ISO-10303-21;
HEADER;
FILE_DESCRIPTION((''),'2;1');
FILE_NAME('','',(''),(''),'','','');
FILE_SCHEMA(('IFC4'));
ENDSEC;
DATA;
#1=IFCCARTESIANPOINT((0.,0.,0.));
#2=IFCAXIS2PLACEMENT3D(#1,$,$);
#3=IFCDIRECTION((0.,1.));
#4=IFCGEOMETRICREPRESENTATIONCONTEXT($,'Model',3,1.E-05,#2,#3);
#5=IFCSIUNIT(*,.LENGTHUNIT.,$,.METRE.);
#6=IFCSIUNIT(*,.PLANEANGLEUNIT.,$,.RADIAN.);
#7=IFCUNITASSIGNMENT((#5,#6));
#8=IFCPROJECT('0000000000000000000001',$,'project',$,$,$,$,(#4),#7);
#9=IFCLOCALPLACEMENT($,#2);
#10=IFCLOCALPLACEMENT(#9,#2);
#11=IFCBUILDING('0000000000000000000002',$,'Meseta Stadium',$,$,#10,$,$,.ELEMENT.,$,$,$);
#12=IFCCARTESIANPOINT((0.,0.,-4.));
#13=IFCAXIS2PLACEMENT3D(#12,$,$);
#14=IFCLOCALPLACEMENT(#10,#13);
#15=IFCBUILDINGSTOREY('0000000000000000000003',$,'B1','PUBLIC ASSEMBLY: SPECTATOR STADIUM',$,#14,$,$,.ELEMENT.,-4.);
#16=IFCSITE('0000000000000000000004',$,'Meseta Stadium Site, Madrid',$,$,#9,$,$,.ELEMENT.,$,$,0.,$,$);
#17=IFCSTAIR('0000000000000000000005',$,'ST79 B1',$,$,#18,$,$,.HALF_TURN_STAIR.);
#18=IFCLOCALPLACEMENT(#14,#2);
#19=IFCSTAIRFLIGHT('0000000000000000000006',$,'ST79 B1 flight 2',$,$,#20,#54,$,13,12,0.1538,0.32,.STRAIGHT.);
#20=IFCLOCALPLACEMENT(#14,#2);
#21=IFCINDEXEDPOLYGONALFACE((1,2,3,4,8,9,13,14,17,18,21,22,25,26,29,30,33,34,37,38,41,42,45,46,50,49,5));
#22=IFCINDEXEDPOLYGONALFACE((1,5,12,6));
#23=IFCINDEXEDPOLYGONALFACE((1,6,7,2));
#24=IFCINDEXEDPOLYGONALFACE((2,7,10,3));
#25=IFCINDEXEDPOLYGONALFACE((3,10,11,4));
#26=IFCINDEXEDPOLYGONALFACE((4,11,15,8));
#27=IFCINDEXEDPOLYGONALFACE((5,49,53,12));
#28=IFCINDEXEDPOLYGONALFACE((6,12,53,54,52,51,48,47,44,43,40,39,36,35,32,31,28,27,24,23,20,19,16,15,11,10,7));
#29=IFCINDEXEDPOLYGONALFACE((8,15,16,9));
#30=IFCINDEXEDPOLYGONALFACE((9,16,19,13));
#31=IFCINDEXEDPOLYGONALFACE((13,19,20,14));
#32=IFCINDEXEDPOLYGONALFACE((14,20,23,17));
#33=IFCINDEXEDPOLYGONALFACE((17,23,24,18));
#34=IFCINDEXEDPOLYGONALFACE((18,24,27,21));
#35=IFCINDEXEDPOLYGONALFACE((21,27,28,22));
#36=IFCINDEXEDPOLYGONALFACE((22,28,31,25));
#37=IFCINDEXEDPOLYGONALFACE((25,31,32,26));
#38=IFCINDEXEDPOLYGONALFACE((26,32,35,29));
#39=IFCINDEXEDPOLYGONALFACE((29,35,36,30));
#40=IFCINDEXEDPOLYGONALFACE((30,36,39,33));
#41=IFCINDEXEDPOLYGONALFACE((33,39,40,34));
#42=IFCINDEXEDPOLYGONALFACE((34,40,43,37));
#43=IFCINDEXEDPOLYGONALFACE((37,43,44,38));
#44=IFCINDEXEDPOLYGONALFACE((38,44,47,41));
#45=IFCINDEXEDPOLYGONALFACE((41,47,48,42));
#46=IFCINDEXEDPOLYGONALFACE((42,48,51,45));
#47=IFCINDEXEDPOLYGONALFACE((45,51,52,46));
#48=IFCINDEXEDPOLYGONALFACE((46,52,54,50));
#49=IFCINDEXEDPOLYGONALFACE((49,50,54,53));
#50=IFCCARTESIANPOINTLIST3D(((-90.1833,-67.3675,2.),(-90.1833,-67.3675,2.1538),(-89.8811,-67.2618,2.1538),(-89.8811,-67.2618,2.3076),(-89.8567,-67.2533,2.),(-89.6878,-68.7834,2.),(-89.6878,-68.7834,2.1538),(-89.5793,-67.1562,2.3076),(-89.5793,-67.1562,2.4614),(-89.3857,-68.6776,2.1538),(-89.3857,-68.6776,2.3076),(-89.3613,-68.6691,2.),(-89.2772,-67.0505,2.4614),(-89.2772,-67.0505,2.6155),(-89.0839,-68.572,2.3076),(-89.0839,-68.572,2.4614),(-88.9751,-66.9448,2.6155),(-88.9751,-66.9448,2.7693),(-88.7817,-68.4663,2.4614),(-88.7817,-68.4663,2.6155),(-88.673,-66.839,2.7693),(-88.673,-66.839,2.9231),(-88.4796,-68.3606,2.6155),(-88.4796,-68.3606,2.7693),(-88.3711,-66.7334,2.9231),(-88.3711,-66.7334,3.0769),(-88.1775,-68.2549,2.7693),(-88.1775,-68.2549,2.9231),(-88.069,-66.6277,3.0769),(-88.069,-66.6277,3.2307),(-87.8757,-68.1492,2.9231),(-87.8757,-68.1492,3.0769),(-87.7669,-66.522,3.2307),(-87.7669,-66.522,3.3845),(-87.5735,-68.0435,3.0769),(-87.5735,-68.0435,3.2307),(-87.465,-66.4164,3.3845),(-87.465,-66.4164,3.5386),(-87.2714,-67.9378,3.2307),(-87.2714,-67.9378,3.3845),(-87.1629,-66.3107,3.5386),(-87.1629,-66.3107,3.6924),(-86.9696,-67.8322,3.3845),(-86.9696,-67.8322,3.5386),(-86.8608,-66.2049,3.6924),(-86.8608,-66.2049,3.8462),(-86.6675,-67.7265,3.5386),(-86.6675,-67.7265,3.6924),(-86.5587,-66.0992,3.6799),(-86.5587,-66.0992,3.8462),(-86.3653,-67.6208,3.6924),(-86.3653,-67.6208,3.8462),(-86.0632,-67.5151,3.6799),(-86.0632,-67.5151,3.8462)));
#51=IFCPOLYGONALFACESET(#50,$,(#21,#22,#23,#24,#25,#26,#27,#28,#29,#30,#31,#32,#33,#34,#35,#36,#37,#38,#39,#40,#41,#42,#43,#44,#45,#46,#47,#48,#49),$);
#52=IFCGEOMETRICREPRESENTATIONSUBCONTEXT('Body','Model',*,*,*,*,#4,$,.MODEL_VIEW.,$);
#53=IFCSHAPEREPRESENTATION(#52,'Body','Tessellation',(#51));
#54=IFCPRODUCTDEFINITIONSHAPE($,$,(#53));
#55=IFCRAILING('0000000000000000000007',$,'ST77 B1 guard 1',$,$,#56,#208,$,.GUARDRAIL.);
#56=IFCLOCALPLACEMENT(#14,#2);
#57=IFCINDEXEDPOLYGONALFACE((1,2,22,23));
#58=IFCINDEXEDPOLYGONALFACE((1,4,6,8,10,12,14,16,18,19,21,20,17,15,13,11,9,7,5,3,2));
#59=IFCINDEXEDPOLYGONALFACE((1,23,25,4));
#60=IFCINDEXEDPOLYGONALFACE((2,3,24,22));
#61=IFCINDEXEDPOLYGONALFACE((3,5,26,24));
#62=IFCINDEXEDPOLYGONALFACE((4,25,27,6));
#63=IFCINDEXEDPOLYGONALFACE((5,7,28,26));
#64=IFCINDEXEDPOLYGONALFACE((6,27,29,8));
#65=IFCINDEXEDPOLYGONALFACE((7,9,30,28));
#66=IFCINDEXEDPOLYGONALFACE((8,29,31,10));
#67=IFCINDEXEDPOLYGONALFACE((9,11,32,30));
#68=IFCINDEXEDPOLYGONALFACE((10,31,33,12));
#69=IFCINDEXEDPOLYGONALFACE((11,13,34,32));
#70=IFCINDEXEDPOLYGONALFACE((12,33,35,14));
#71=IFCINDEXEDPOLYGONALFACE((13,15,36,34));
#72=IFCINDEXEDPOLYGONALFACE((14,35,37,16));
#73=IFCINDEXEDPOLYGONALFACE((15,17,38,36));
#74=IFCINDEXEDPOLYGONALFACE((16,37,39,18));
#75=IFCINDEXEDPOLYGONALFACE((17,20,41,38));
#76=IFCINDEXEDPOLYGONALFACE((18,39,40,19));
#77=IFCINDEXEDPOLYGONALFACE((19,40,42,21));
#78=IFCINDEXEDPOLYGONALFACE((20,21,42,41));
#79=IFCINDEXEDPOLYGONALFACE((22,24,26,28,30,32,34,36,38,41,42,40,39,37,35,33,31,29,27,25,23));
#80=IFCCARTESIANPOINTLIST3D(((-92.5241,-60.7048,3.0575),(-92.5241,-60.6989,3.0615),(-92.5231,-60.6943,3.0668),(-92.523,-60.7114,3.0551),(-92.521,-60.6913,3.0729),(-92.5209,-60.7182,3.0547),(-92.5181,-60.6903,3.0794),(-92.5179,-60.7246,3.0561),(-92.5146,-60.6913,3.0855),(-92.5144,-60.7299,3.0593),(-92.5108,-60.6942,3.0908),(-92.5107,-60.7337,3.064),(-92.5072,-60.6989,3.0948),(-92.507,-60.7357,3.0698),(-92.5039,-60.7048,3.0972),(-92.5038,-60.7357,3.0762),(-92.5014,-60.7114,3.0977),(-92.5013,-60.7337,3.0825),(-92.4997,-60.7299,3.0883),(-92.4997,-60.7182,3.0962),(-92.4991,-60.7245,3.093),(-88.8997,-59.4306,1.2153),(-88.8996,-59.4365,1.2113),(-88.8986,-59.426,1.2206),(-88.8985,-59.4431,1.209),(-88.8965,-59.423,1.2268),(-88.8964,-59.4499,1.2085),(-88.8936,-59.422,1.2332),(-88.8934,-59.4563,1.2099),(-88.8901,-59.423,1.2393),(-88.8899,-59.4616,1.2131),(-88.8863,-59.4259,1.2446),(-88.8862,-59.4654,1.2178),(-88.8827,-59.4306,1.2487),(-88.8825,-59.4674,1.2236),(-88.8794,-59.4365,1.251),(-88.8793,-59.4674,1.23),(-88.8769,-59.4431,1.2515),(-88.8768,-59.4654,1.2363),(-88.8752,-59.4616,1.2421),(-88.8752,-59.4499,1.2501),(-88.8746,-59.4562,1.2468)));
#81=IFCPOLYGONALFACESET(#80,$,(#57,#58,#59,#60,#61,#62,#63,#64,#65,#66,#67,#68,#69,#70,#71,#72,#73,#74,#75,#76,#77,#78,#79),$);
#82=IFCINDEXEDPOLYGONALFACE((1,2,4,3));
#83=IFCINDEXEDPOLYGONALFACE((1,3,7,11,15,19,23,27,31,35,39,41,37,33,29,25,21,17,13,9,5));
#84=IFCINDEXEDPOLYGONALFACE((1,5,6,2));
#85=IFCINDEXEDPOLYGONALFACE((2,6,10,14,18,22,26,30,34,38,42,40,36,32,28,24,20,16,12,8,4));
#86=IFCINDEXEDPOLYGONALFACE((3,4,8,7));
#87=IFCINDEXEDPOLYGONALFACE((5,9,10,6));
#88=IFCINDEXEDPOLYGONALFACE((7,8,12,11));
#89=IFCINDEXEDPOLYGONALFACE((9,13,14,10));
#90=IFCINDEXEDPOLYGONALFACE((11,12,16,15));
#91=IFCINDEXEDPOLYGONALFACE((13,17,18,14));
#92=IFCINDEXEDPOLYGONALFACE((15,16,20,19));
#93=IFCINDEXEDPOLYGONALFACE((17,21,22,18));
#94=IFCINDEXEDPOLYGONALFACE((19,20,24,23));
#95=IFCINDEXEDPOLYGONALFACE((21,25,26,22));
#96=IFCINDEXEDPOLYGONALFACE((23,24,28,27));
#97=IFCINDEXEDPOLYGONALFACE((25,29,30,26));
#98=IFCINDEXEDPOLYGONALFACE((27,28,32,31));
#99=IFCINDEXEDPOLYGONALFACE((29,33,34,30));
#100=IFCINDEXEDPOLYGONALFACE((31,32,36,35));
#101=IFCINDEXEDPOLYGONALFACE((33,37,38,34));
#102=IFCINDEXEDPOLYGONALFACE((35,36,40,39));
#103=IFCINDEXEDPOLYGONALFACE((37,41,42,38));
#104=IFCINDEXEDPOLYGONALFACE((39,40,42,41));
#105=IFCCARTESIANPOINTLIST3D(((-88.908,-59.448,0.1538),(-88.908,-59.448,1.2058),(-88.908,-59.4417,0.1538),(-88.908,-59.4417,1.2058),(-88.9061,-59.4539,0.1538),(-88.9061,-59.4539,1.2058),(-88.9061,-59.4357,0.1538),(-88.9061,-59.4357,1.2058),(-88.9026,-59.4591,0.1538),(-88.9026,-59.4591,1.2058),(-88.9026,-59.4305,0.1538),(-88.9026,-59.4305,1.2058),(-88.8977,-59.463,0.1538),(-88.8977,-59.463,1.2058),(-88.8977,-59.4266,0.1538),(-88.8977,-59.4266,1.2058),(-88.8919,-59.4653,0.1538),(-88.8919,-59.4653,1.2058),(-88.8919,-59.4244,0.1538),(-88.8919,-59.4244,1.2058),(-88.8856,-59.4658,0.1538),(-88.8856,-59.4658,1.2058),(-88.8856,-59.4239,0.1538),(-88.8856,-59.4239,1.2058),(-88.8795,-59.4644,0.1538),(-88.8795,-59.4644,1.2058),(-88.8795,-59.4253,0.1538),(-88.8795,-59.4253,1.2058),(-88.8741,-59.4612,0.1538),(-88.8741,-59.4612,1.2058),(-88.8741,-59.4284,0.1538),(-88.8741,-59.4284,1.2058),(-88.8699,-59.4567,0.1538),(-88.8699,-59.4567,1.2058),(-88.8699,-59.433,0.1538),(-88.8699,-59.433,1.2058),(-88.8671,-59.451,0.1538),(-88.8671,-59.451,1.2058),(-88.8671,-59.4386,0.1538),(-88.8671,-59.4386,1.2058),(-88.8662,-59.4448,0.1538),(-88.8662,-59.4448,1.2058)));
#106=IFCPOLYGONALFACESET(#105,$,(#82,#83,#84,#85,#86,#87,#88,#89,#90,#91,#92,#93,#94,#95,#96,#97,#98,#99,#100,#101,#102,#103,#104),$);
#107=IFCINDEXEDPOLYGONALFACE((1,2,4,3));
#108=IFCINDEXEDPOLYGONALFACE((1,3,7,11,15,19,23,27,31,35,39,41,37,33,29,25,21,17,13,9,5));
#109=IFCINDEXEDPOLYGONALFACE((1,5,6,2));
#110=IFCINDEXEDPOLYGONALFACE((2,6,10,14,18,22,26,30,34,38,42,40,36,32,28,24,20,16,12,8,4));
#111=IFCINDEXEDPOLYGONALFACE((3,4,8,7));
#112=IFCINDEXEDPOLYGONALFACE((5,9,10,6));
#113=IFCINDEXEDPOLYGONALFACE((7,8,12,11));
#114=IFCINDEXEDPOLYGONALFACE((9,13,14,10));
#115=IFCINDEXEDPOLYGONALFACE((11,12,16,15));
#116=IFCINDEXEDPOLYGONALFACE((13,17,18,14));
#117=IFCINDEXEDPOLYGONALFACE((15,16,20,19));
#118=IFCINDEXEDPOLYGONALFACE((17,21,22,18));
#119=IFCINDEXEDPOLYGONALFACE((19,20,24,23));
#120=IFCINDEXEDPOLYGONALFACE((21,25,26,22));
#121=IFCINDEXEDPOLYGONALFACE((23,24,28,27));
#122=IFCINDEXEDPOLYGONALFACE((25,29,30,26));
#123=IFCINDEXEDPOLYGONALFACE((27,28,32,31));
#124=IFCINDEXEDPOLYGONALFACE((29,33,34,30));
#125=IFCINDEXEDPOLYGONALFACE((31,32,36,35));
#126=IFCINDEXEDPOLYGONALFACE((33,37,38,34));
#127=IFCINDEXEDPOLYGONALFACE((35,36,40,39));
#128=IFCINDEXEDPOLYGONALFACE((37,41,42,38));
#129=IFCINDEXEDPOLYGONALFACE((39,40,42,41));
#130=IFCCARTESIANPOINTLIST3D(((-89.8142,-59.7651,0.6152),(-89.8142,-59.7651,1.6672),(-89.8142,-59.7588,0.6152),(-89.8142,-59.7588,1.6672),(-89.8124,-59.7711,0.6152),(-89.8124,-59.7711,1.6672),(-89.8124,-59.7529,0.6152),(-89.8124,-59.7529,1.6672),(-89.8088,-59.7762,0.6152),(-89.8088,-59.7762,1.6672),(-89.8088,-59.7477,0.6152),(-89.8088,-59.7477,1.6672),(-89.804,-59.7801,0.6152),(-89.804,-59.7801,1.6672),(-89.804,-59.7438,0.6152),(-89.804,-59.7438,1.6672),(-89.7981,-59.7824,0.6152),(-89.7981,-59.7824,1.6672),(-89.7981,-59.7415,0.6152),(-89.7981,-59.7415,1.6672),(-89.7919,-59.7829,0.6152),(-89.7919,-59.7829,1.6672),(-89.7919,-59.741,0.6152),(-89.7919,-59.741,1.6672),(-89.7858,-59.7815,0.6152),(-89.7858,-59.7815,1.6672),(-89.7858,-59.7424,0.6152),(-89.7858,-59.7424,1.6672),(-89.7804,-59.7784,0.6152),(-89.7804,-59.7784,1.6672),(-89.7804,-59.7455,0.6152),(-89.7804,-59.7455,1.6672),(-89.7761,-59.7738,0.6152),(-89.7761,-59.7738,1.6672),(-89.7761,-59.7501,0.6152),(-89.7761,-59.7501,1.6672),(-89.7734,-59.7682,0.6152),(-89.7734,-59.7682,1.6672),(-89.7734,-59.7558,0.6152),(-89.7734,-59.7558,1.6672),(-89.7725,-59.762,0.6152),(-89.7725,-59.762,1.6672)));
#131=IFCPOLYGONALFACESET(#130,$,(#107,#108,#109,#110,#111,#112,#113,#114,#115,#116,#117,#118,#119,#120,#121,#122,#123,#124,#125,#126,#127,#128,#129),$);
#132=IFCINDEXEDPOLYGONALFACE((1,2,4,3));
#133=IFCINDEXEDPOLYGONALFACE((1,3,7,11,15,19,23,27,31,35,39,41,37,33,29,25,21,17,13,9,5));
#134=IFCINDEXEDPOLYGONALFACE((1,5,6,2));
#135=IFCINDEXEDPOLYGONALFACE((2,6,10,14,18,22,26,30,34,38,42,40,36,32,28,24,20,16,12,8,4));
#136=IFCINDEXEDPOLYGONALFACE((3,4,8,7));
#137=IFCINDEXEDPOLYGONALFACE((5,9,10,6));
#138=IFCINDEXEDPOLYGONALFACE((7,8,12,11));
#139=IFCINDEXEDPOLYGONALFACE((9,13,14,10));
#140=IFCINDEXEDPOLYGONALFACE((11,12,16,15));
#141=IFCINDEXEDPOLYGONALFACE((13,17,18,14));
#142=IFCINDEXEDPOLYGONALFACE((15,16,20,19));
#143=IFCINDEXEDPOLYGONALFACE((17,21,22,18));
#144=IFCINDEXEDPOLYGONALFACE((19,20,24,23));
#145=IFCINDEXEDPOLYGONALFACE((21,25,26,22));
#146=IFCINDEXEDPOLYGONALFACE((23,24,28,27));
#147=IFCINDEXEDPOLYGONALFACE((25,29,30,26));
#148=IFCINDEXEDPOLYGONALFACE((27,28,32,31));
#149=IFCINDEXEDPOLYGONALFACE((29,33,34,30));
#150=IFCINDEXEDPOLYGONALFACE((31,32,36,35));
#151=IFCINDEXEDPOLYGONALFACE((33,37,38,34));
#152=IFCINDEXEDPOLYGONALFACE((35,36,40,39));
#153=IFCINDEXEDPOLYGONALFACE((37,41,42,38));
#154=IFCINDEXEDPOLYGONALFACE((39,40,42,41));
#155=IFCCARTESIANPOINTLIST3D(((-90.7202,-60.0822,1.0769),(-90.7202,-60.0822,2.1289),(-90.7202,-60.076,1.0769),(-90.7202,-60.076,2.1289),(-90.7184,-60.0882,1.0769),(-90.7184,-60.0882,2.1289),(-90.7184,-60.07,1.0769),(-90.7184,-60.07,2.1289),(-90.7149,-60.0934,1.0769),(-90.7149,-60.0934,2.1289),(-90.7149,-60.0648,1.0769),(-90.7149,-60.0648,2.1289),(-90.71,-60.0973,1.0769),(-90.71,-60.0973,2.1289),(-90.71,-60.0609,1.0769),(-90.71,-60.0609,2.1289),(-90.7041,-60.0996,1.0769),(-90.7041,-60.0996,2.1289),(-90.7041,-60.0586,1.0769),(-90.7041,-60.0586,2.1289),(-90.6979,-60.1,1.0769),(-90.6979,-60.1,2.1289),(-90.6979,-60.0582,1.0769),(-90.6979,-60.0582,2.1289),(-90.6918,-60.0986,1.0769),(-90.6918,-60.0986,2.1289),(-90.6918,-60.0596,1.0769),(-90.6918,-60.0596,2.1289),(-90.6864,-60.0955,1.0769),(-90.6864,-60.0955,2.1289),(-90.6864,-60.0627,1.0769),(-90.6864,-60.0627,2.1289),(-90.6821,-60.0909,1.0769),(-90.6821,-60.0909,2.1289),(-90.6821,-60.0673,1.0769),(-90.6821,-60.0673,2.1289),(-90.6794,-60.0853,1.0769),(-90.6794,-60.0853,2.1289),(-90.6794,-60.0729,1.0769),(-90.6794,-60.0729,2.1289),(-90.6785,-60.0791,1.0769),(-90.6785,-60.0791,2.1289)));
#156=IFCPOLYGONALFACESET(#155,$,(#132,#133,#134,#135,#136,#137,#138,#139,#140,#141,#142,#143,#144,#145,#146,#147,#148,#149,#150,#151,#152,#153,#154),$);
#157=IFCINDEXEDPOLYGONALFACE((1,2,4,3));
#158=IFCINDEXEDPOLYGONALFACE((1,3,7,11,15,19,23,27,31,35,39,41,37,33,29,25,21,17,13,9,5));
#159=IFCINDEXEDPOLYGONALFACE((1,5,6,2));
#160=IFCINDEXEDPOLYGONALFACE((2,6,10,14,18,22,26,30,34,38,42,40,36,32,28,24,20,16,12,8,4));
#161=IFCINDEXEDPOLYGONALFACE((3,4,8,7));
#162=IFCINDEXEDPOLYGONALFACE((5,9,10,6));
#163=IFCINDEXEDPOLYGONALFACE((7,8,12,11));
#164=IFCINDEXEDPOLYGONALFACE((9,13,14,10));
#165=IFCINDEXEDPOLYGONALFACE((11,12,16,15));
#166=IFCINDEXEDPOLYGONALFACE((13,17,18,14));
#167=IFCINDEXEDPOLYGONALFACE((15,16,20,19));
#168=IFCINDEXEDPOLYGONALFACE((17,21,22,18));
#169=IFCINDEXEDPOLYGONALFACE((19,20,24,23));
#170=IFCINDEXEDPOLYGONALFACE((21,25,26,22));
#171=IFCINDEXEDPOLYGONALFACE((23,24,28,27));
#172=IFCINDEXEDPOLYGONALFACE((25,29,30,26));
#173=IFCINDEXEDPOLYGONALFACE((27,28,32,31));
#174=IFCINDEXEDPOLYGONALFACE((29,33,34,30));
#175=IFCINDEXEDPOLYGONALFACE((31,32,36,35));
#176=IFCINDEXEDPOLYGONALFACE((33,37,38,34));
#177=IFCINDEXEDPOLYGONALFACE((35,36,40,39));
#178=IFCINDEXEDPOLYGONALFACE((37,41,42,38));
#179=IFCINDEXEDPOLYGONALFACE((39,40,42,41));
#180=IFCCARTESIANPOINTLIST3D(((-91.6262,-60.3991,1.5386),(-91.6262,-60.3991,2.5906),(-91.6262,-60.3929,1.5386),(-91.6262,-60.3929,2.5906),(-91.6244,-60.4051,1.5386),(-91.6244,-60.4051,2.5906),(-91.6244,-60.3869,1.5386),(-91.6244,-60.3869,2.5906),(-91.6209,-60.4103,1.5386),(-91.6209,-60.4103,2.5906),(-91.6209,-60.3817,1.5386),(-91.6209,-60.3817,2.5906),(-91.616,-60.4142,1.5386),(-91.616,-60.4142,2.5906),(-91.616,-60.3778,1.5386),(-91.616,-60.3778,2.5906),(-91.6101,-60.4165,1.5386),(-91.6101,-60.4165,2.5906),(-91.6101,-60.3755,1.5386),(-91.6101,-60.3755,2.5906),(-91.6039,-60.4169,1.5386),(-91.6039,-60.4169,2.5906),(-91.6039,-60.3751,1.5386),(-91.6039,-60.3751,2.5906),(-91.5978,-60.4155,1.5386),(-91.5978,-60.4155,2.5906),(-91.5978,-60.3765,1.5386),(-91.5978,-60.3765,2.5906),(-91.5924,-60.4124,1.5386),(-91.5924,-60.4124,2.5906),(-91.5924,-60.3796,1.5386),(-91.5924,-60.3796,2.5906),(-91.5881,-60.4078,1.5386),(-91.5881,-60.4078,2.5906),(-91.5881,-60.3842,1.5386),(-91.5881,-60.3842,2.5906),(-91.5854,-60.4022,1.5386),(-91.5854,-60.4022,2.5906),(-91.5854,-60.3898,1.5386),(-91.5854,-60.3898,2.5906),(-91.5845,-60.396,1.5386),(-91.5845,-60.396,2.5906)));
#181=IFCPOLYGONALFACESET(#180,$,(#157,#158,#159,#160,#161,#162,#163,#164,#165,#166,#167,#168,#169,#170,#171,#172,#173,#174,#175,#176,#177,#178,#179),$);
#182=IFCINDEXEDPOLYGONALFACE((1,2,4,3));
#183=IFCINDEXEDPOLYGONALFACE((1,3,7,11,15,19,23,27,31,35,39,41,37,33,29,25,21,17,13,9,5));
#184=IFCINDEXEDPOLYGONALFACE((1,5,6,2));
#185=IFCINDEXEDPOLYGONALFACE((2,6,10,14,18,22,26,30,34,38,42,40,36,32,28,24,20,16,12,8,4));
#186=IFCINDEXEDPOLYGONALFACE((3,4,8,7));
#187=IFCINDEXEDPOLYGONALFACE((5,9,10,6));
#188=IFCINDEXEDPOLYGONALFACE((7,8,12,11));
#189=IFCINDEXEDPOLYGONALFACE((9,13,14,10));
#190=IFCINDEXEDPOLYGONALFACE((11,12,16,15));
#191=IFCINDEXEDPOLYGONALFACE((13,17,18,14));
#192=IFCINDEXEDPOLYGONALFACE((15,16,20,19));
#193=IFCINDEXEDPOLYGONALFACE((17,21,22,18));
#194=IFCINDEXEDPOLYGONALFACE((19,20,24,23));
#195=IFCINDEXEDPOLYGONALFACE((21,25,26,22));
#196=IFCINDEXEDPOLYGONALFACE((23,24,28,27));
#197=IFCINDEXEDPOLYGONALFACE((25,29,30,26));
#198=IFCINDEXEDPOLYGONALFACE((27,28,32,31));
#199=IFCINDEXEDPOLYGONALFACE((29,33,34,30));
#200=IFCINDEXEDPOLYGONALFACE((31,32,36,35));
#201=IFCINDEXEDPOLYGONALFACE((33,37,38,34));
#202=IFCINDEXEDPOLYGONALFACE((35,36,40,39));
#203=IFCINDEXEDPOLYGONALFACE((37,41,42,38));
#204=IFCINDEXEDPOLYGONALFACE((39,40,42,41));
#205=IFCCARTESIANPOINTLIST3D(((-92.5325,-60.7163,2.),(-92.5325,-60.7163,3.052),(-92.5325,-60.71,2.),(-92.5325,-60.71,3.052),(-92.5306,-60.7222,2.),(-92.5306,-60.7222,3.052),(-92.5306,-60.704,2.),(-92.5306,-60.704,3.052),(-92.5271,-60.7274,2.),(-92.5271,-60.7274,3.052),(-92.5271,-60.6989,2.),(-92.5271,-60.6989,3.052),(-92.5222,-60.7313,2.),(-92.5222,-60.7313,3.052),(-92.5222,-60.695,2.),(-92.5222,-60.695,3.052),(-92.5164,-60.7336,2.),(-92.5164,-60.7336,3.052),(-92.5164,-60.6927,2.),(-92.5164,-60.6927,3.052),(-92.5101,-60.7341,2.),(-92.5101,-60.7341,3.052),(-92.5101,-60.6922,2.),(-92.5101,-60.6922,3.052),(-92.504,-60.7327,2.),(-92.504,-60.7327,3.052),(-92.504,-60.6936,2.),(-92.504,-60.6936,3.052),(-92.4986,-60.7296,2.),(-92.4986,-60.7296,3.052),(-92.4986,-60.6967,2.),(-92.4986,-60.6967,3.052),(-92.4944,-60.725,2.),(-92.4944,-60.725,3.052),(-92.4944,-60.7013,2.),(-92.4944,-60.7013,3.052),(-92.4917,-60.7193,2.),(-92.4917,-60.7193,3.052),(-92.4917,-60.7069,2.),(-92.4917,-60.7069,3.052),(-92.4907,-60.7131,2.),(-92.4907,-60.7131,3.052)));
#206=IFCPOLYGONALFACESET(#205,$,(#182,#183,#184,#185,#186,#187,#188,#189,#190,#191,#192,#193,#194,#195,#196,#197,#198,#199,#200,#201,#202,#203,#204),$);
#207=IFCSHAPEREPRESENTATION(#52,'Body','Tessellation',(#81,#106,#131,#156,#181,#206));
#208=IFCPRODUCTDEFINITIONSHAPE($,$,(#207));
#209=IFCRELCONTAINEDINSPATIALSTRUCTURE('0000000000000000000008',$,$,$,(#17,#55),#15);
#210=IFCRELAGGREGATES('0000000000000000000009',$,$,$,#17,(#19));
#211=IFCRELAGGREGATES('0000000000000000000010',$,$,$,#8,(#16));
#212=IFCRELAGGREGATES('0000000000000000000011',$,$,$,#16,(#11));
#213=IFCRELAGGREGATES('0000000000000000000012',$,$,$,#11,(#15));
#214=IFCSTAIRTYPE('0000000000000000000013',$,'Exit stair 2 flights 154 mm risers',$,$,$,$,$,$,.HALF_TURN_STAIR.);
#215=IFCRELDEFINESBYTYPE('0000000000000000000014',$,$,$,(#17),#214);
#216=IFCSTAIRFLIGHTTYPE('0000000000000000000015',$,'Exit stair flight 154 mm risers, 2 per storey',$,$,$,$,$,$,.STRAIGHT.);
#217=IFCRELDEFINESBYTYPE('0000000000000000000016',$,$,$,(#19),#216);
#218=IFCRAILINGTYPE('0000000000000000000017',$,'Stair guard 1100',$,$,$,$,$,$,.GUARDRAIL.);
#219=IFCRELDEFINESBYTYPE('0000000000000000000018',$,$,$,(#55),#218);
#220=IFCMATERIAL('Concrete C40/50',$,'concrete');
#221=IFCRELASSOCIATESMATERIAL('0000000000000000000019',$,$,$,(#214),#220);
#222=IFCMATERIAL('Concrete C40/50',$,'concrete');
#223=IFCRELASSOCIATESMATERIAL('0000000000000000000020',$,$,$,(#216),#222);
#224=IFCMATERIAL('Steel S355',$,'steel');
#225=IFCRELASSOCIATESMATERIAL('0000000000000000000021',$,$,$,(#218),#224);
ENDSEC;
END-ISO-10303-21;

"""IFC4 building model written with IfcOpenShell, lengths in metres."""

from ifc_helpers import new_model, si_unit, direction, frame, origin, origin_2d, place, context, subcontext, project, spatial, polyline, circle, outline, extrude, material, type_object, element, aggregate, save


model = new_model("IFC4")

# Units and contexts
model_context = context("Model", 3, precision=1e-05, world=origin(), true_north=direction((0.0, 1.0)))
body_context = subcontext(model_context, "Body", "Model", "MODEL_VIEW")
ifc_project = project(units=[si_unit("LENGTHUNIT", "METRE"), si_unit("PLANEANGLEUNIT", "RADIAN")], contexts=[model_context])

# Site, building, storey
site_placement = place(None, origin())
site = spatial("IfcSite", under=ifc_project, at=site_placement, Name="Meseta Stadium Site, Madrid", CompositionType="ELEMENT", RefElevation=0.0)
building_placement = place(site_placement, origin())
building = spatial("IfcBuilding", under=site, at=building_placement, Name="Meseta Stadium", CompositionType="ELEMENT")
storey_placement = place(building_placement, frame((0.0, 0.0, -4.0)))
storey = spatial("IfcBuildingStorey", under=building, at=storey_placement, Name="B1", Description="PUBLIC ASSEMBLY: SPECTATOR STADIUM", CompositionType="ELEMENT", Elevation=-4.0)

# Stair, stair flight
ifc_material_1 = material(Name="Concrete C40/50", Category="concrete")
stair_type = type_object("IfcStairType", Name="Exit stair 2 flights 154 mm risers", PredefinedType="HALF_TURN_STAIR", material=ifc_material_1)
ifc_material_2 = material(Name="Concrete C40/50", Category="concrete")
stair_flight_type = type_object("IfcStairFlightType", Name="Exit stair flight 154 mm risers, 2 per storey", PredefinedType="STRAIGHT", material=ifc_material_2)
stair_1_placement = place(storey_placement, origin())
stair_1 = element("IfcStair", 1, at=stair_1_placement, inside=storey, type_object=stair_type, Name="ST79 B1", PredefinedType="HALF_TURN_STAIR")
stair_flight_1_placement = place(storey_placement, frame((-89.9355, -68.0754, 2.0), z_axis=(0.0, 0.0, 1.0), x_axis=(0.943883, 0.330279, 0.0)))
stair_flight_1 = element("IfcStairFlight", 2, at=stair_flight_1_placement, type_object=stair_flight_type, Name="ST79 B1 flight 2", NumberOfRisers=13, NumberOfTreads=12, PredefinedType="STRAIGHT", RiserHeight=0.1538, TreadLength=0.32, context=body_context, shape_type="SweptSolid", body=[
    extrude(outline(polyline([(0.0, 0.0), (0.0, 0.1538), (0.3201, 0.1538), (0.3201, 0.3076), (0.6399, 0.3076), (0.6399, 0.4614), (0.96, 0.4614), (0.96, 0.6155), (1.28, 0.6155), (1.28, 0.7693), (1.6001, 0.7693), (1.6001, 0.9231), (1.9199, 0.9231), (1.9199, 1.0769), (2.24, 1.0769), (2.24, 1.2307), (2.5601, 1.2307), (2.5601, 1.3845), (2.8799, 1.3845), (2.8799, 1.5386), (3.2, 1.5386), (3.2, 1.6924), (3.52, 1.6924), (3.52, 1.8462), (3.8401, 1.8462), (3.8401, 1.6799), (0.3459, 0.0), (0.0, 0.0)])), frame((0.0, 0.75, 0.0), z_axis=(0.0, -1.0, 0.0), x_axis=(1.0, 0.0, 0.0)), (0.0, 0.0, 1.0), 1.5),
])
aggregate(stair_1, [stair_flight_1])

# Railing
ifc_material_3 = material(Name="Steel S355", Category="steel")
railing_type_1 = type_object("IfcRailingType", Name="Stair guard 1100", PredefinedType="GUARDRAIL", material=ifc_material_3)
railing_1_placement = place(storey_placement, frame((-88.8872, -59.4448, 0.1538)))
element("IfcRailing", 3, at=railing_1_placement, inside=storey, type_object=railing_type_1, Name="ST77 B1 guard 1", PredefinedType="GUARDRAIL", context=body_context, shape_type="SweptSolid", body=[
    extrude(circle(Radius=0.0239, at=origin_2d()), frame((0.0, 0.0, 1.0762), z_axis=(-0.850672, -0.297672, 0.4333), x_axis=(0.330288, -0.94388, 0.0)), (0.0, 0.0, 1.0), 4.2607),
    extrude(circle(Radius=0.021, at=origin_2d()), origin(), (0.0, 0.0, 1.0), 1.052),
    extrude(circle(Radius=0.021, at=origin_2d()), frame((-0.9062, -0.3171, 0.4614)), (0.0, 0.0, 1.0), 1.052),
    extrude(circle(Radius=0.021, at=origin_2d()), frame((-1.8123, -0.6343, 0.9231)), (0.0, 0.0, 1.0), 1.052),
    extrude(circle(Radius=0.021, at=origin_2d()), frame((-2.7183, -0.9512, 1.3848)), (0.0, 0.0, 1.0), 1.052),
    extrude(circle(Radius=0.021, at=origin_2d()), frame((-3.6245, -1.2683, 1.8462)), (0.0, 0.0, 1.0), 1.052),
])

save(model, "model.ifc")
